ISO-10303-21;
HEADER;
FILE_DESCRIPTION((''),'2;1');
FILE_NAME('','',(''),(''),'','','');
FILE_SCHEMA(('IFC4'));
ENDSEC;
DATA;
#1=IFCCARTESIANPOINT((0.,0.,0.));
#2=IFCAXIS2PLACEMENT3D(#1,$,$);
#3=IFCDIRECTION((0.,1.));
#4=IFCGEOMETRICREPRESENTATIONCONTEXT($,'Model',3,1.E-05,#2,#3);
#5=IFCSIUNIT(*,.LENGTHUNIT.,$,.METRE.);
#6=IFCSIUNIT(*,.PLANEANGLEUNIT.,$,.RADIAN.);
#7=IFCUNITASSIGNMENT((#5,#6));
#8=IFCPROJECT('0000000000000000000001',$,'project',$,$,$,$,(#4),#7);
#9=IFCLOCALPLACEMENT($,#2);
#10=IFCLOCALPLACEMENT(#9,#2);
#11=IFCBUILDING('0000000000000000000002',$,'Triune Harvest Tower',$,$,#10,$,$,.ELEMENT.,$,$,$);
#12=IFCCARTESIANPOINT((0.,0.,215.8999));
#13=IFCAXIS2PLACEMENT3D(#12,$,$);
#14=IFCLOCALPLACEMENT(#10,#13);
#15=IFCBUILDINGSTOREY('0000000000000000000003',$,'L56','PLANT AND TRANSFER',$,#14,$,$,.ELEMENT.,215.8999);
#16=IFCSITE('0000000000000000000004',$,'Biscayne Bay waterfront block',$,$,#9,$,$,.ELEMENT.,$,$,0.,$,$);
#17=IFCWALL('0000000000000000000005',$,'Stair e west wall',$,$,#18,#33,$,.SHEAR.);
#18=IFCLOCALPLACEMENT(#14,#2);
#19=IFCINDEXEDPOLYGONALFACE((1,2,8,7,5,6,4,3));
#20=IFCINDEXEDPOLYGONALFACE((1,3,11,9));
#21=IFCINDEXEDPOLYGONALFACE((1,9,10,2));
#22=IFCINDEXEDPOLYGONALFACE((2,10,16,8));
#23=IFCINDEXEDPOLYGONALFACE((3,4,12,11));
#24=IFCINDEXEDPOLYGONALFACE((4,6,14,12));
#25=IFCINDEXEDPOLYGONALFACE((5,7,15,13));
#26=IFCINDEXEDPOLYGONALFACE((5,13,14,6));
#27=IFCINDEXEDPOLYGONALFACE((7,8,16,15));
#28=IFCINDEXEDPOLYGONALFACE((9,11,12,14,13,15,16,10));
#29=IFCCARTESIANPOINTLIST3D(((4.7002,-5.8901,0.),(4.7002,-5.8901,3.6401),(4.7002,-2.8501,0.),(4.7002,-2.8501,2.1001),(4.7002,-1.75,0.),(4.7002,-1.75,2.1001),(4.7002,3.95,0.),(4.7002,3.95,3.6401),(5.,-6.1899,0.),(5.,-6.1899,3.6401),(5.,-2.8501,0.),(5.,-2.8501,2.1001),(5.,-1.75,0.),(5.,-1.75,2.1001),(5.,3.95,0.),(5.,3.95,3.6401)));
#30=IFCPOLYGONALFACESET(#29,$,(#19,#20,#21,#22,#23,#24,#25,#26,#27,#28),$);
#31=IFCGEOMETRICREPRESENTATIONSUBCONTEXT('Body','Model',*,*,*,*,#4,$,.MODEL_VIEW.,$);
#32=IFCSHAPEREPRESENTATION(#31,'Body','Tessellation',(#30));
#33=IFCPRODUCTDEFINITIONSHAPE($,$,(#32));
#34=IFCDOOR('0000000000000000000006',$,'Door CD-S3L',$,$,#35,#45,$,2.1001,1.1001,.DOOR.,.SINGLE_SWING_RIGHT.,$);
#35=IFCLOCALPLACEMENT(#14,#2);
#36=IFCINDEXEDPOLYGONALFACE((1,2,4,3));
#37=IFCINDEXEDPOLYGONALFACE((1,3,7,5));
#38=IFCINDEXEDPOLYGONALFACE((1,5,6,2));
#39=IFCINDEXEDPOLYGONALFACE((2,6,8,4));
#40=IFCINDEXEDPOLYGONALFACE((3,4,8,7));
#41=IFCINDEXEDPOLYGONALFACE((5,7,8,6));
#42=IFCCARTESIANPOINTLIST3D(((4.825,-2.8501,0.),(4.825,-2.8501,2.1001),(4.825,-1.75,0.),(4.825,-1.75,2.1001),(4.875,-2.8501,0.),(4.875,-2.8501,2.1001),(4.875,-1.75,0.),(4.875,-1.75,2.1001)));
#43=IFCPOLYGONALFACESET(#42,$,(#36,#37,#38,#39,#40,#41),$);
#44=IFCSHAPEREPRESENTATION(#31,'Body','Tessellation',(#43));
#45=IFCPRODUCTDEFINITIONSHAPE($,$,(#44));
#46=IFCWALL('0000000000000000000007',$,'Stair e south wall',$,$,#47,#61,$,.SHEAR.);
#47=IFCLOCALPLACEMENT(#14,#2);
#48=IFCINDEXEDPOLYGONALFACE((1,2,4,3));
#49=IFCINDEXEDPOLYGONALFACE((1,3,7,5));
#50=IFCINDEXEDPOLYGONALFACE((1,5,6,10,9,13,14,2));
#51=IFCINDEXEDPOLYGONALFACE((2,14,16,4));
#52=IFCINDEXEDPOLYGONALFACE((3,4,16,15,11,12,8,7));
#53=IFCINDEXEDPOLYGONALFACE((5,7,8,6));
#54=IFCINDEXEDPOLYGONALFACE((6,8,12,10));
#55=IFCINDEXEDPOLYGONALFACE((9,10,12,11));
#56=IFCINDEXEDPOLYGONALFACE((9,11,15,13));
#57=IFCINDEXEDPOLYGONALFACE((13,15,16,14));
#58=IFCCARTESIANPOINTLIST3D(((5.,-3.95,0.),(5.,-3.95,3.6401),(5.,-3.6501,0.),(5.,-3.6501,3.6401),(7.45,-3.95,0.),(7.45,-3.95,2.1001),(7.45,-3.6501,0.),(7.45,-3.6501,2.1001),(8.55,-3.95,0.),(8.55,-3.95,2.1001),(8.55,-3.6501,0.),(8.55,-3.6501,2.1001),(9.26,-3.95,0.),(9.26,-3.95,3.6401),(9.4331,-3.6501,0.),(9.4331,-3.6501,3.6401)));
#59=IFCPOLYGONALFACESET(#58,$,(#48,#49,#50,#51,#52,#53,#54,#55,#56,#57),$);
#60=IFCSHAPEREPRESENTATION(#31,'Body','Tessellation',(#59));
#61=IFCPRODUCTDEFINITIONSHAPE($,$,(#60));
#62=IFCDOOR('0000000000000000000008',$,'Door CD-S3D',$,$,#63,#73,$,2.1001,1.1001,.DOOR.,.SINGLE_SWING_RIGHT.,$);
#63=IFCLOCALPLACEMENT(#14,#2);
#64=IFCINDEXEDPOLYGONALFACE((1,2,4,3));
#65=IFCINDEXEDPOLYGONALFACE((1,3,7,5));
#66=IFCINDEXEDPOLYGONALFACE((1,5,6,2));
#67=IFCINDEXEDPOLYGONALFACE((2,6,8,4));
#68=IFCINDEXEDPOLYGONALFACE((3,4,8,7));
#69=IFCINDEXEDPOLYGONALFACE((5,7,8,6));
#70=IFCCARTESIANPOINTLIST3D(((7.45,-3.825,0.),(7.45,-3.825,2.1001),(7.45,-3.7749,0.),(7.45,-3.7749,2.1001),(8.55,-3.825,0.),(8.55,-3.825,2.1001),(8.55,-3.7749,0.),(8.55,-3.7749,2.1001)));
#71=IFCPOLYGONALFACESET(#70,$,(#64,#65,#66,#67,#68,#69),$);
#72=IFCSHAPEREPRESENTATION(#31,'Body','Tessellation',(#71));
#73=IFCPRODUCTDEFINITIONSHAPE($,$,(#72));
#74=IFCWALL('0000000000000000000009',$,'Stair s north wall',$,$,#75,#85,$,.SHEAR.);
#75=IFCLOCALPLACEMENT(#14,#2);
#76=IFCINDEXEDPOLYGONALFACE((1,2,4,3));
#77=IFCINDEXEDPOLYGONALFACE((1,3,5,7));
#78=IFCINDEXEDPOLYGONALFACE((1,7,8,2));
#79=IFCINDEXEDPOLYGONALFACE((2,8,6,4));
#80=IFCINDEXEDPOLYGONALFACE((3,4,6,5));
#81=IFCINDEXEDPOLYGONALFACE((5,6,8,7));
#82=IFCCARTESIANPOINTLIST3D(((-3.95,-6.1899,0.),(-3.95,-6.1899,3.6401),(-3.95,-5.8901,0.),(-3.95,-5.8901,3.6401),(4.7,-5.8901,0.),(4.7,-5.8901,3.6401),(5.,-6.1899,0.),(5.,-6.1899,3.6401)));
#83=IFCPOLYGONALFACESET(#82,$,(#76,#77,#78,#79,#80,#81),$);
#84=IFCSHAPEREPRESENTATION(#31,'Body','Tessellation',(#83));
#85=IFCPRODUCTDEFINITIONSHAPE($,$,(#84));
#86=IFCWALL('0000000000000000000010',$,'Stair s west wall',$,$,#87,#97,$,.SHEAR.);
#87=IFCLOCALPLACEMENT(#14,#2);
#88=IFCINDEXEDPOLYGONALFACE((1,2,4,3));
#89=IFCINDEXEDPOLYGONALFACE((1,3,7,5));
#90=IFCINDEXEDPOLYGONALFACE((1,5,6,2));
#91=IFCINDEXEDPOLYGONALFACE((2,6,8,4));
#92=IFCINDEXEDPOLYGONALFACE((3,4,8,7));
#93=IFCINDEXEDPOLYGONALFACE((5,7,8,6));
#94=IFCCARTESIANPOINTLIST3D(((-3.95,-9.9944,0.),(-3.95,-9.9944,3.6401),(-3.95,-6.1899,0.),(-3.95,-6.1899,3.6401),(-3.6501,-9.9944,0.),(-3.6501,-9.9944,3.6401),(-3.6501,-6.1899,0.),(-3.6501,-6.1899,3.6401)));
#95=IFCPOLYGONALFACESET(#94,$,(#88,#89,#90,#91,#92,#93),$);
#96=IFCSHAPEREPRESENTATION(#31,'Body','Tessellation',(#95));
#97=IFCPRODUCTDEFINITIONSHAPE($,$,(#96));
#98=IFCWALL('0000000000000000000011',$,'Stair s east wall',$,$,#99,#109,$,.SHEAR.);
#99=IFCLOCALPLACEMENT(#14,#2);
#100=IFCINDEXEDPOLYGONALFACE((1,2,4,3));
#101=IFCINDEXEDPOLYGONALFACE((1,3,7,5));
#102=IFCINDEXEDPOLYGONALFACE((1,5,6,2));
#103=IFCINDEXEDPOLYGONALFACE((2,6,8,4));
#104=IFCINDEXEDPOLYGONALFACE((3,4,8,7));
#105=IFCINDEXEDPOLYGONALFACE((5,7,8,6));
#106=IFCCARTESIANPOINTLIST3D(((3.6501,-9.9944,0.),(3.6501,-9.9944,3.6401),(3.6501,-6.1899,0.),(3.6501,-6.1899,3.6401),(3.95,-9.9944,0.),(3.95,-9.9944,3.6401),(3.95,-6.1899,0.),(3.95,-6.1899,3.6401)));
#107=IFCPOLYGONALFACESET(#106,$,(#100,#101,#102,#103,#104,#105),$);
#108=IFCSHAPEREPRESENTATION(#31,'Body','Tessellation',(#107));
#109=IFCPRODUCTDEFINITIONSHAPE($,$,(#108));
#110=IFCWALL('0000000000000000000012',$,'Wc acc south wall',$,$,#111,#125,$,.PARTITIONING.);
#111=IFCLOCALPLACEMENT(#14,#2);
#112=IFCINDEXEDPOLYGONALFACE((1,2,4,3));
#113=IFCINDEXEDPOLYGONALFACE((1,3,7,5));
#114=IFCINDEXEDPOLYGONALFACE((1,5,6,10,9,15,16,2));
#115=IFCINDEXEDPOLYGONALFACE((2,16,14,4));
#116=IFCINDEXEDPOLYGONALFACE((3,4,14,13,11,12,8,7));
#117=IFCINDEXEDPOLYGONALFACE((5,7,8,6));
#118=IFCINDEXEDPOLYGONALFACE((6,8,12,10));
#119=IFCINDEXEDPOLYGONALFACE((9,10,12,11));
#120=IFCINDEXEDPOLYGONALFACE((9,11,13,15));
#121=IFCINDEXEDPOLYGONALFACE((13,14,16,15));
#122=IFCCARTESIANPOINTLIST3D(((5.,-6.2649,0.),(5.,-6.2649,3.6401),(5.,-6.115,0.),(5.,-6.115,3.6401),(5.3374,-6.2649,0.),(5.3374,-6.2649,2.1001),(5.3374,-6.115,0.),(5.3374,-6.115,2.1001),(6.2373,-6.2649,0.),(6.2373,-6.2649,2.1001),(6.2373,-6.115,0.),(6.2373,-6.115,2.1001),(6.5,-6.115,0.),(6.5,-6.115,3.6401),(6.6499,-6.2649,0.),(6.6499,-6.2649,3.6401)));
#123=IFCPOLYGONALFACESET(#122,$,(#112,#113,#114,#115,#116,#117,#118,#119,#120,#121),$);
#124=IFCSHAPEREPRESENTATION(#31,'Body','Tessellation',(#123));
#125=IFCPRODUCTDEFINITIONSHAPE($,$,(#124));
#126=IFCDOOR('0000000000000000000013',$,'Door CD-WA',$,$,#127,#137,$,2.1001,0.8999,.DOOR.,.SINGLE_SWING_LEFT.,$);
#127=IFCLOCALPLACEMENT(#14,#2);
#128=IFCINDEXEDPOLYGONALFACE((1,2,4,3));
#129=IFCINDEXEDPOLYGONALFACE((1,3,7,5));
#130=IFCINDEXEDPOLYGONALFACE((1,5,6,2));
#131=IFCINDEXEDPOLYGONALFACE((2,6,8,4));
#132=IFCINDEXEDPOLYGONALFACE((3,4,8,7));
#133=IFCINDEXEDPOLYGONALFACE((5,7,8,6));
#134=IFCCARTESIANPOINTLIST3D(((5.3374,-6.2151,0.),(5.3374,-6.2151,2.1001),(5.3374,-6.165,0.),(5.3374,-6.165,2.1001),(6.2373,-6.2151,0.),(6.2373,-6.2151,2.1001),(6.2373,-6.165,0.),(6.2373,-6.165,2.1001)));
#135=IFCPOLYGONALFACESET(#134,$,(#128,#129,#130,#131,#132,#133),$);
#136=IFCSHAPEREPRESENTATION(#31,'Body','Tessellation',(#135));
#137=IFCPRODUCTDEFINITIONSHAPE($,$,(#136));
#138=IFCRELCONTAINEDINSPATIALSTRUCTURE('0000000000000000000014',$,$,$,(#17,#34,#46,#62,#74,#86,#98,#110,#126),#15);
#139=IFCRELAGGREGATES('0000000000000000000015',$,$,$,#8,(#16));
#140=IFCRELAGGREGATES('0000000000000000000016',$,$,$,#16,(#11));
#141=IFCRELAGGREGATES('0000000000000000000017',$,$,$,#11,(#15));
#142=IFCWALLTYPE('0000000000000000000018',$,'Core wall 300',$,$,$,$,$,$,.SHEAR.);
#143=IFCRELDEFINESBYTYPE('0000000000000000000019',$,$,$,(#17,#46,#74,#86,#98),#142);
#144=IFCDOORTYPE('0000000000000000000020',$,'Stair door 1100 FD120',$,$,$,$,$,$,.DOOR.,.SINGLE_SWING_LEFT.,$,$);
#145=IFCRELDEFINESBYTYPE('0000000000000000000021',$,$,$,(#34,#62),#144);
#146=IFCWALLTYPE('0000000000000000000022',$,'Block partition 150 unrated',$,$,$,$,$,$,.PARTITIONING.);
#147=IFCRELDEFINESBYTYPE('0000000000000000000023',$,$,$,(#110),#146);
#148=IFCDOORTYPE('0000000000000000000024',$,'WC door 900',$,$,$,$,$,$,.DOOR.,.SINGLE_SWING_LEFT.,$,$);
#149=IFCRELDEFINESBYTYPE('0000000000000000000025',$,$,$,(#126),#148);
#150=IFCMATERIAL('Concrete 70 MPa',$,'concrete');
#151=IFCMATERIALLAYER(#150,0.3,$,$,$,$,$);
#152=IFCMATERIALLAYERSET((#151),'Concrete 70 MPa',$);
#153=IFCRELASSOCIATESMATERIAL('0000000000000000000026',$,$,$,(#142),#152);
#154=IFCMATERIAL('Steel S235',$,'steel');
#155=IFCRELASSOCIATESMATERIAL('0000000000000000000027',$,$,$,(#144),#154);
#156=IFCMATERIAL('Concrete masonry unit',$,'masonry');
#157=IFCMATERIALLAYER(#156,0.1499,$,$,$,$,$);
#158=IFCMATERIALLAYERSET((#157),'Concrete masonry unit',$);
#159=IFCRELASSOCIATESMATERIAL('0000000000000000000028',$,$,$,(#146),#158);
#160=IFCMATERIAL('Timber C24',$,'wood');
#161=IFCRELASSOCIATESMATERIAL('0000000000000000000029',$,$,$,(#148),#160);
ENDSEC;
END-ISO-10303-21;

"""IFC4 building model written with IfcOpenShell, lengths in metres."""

from ifc_helpers import new_model, si_unit, direction, frame, frame_2d, origin, place, context, subcontext, project, spatial, polyline, rectangle, outline, extrude, source, transform, mapped, material, layer, layer_set, type_object, element, fill, save


model = new_model("IFC4")

# Units and contexts
model_context = context("Model", 3, precision=1e-05, world=origin(), true_north=direction((0.0, 1.0)))
body_context = subcontext(model_context, "Body", "Model", "MODEL_VIEW")
ifc_project = project(units=[si_unit("LENGTHUNIT", "METRE"), si_unit("PLANEANGLEUNIT", "RADIAN")], contexts=[model_context])

# Site, building, storey
site_placement = place(None, origin())
site = spatial("IfcSite", under=ifc_project, at=site_placement, Name="Biscayne Bay waterfront block", CompositionType="ELEMENT", RefElevation=0.0)
building_placement = place(site_placement, origin())
building = spatial("IfcBuilding", under=site, at=building_placement, Name="Triune Harvest Tower", CompositionType="ELEMENT")
storey_placement = place(building_placement, frame((0.0, 0.0, 215.8999)))
storey = spatial("IfcBuildingStorey", under=building, at=storey_placement, Name="L56", Description="PLANT AND TRANSFER", CompositionType="ELEMENT", Elevation=215.8999)

# Shared definitions
ifc_material_1 = material(Name="Concrete 70 MPa", Category="concrete")
ifc_layer_1 = layer(ifc_material_1, 0.3)
ifc_layer_set_1 = layer_set([ifc_layer_1], Name="Concrete 70 MPa")
wall_type_1 = type_object("IfcWallType", Name="Core wall 300", PredefinedType="SHEAR", material=ifc_layer_set_1)

# Walls, openings, doors
shared_shape_1 = source(origin(), body_context, "Body", "SweptSolid", [
    extrude(outline(polyline([(-0.1499, -0.1499), (9.99, -0.1499), (9.99, 0.1499), (0.1499, 0.1499), (-0.1499, -0.1499)])), origin(), (0.0, 0.0, 1.0), 3.6401),
])
wall_1_placement = place(storey_placement, frame((4.8501, -6.04, 0.0), z_axis=(0.0, 0.0, 1.0), x_axis=(0.0, 1.0, 0.0)))
wall_1 = element("IfcWall", 1, at=wall_1_placement, inside=storey, type_object=wall_type_1, Name="Stair e west wall", PredefinedType="SHEAR", context=body_context, shape_type="MappedRepresentation", body=[
    mapped(shared_shape_1, transform((0.0, 0.0, 0.0), scale=1.0)),
])
opening_1_placement = place(wall_1_placement, frame((3.1899, 0.0, 0.0)))
opening_1 = element("IfcOpeningElement", 2, at=opening_1_placement, cuts=wall_1, PredefinedType="OPENING", context=body_context, shape_type="SweptSolid", body=[
    extrude(rectangle(XDim=1.1001, YDim=2.1001, at=frame_2d((0.55, 1.05))), frame((0.0, 0.1602, 0.0), z_axis=(0.0, -1.0, 0.0), x_axis=(1.0, 0.0, 0.0)), (0.0, 0.0, 1.0), 0.3201),
])
ifc_material_2 = material(Name="Steel S235", Category="steel")
door_type_1 = type_object("IfcDoorType", Name="Stair door 1100 FD120", OperationType="SINGLE_SWING_LEFT", PredefinedType="DOOR", material=ifc_material_2)
door_1_placement = place(opening_1_placement, frame((1.1001, 0.0, 0.0), z_axis=(0.0, 0.0, 1.0), x_axis=(-1.0, 0.0, 0.0)))
door_1 = element("IfcDoor", 3, at=door_1_placement, inside=storey, type_object=door_type_1, Name="Door CD-S3L", OperationType="SINGLE_SWING_RIGHT", OverallHeight=2.1001, OverallWidth=1.1001, PredefinedType="DOOR", context=body_context, shape_type="SweptSolid", body=[
    extrude(rectangle(XDim=1.1001, YDim=2.1001, at=frame_2d((0.55, 1.05))), frame((0.0, 0.0249, 0.0), z_axis=(0.0, -1.0, 0.0), x_axis=(1.0, 0.0, 0.0)), (0.0, 0.0, 1.0), 0.05),
])
fill(opening_1, door_1)
shared_shape_2 = source(origin(), body_context, "Body", "SweptSolid", [
    extrude(outline(polyline([(0.0, -0.1499), (0.0, 0.1499), (4.4331, 0.1499), (4.26, -0.1499), (0.0, -0.1499)])), origin(), (0.0, 0.0, 1.0), 3.6401),
])
wall_2_placement = place(storey_placement, frame((5.0, -3.8, 0.0), z_axis=(0.0, 0.0, 1.0), x_axis=(1.0, 0.0, 0.0)))
wall_2 = element("IfcWall", 4, at=wall_2_placement, inside=storey, type_object=wall_type_1, Name="Stair e south wall", PredefinedType="SHEAR", context=body_context, shape_type="MappedRepresentation", body=[
    mapped(shared_shape_2, transform((0.0, 0.0, 0.0), scale=1.0)),
])
opening_2_placement = place(wall_2_placement, frame((2.45, 0.0, 0.0)))
opening_2 = element("IfcOpeningElement", 5, at=opening_2_placement, cuts=wall_2, PredefinedType="OPENING", context=body_context, shape_type="SweptSolid", body=[
    extrude(rectangle(XDim=1.1001, YDim=2.1001, at=frame_2d((0.55, 1.05))), frame((0.0, 0.1602, 0.0), z_axis=(0.0, -1.0, 0.0), x_axis=(1.0, 0.0, 0.0)), (0.0, 0.0, 1.0), 0.3201),
])
door_2_placement = place(opening_2_placement, frame((1.1001, 0.0, 0.0), z_axis=(0.0, 0.0, 1.0), x_axis=(-1.0, 0.0, 0.0)))
door_2 = element("IfcDoor", 6, at=door_2_placement, inside=storey, type_object=door_type_1, Name="Door CD-S3D", OperationType="SINGLE_SWING_RIGHT", OverallHeight=2.1001, OverallWidth=1.1001, PredefinedType="DOOR", context=body_context, shape_type="SweptSolid", body=[
    extrude(rectangle(XDim=1.1001, YDim=2.1001, at=frame_2d((0.55, 1.05))), frame((0.0, 0.0249, 0.0), z_axis=(0.0, -1.0, 0.0), x_axis=(1.0, 0.0, 0.0)), (0.0, 0.0, 1.0), 0.05),
])
fill(opening_2, door_2)

# Walls
shared_shape_3 = source(origin(), body_context, "Body", "SweptSolid", [
    extrude(outline(polyline([(0.0, -0.1499), (8.95, -0.1499), (8.6499, 0.1499), (0.0, 0.1499), (0.0, -0.1499)])), origin(), (0.0, 0.0, 1.0), 3.6401),
])
wall_3_placement = place(storey_placement, frame((-3.95, -6.04, 0.0), z_axis=(0.0, 0.0, 1.0), x_axis=(1.0, 0.0, 0.0)))
element("IfcWall", 7, at=wall_3_placement, inside=storey, type_object=wall_type_1, Name="Stair s north wall", PredefinedType="SHEAR", context=body_context, shape_type="MappedRepresentation", body=[
    mapped(shared_shape_3, transform((0.0, 0.0, 0.0), scale=1.0)),
])
shared_shape_4 = source(origin(), body_context, "Body", "SweptSolid", [
    extrude(outline(polyline([(3.8, -0.1499), (-0.0044, -0.1499), (-0.0044, 0.1499), (3.8, 0.1499), (3.8, -0.1499)])), origin(), (0.0, 0.0, 1.0), 3.6401),
])
for number, where, z_axis, x_axis, name in (
    (8, (-3.8, -9.99, 0.0), (0.0, 0.0, 1.0), (0.0, 1.0, 0.0), "Stair s west wall"),
    (9, (3.8, -9.99, 0.0), (0.0, 0.0, 1.0), (0.0, 1.0, 0.0), "Stair s east wall"),
):
    element("IfcWall", number, at=place(storey_placement, frame(where, z_axis=z_axis, x_axis=x_axis)), inside=storey, type_object=wall_type_1, Name=name, PredefinedType="SHEAR", context=body_context, shape_type="MappedRepresentation", body=[
        mapped(shared_shape_4, transform((0.0, 0.0, 0.0), scale=1.0)),
    ])

# Wall, opening, door
ifc_material_3 = material(Name="Concrete masonry unit", Category="masonry")
ifc_layer_2 = layer(ifc_material_3, 0.1499)
ifc_layer_set_2 = layer_set([ifc_layer_2], Name="Concrete masonry unit")
wall_type_2 = type_object("IfcWallType", Name="Block partition 150 unrated", PredefinedType="PARTITIONING", material=ifc_layer_set_2)
shared_shape_5 = source(origin(), body_context, "Body", "SweptSolid", [
    extrude(outline(polyline([(0.0, -0.075), (1.6499, -0.075), (1.5, 0.075), (0.0, 0.075), (0.0, -0.075)])), origin(), (0.0, 0.0, 1.0), 3.6401),
])
wall_4_placement = place(storey_placement, frame((5.0, -6.1899, 0.0), z_axis=(0.0, 0.0, 1.0), x_axis=(1.0, 0.0, 0.0)))
wall_4 = element("IfcWall", 10, at=wall_4_placement, inside=storey, type_object=wall_type_2, Name="Wc acc south wall", PredefinedType="PARTITIONING", context=body_context, shape_type="MappedRepresentation", body=[
    mapped(shared_shape_5, transform((0.0, 0.0, 0.0), scale=1.0)),
])
opening_3_placement = place(wall_4_placement, frame((0.3374, 0.0, 0.0)))
opening_3 = element("IfcOpeningElement", 11, at=opening_3_placement, cuts=wall_4, PredefinedType="OPENING", context=body_context, shape_type="SweptSolid", body=[
    extrude(rectangle(XDim=0.8999, YDim=2.1001, at=frame_2d((0.45, 1.05))), frame((0.0, 0.085, 0.0), z_axis=(0.0, -1.0, 0.0), x_axis=(1.0, 0.0, 0.0)), (0.0, 0.0, 1.0), 0.1699),
])
ifc_material_4 = material(Name="Timber C24", Category="wood")
door_type_2 = type_object("IfcDoorType", Name="WC door 900", OperationType="SINGLE_SWING_LEFT", PredefinedType="DOOR", material=ifc_material_4)
door_3_placement = place(opening_3_placement, origin())
door_3 = element("IfcDoor", 12, at=door_3_placement, inside=storey, type_object=door_type_2, Name="Door CD-WA", OperationType="SINGLE_SWING_LEFT", OverallHeight=2.1001, OverallWidth=0.8999, PredefinedType="DOOR", context=body_context, shape_type="SweptSolid", body=[
    extrude(rectangle(XDim=0.8999, YDim=2.1001, at=frame_2d((0.45, 1.05))), frame((0.0, 0.0249, 0.0), z_axis=(0.0, -1.0, 0.0), x_axis=(1.0, 0.0, 0.0)), (0.0, 0.0, 1.0), 0.05),
])
fill(opening_3, door_3)

save(model, "model.ifc")
